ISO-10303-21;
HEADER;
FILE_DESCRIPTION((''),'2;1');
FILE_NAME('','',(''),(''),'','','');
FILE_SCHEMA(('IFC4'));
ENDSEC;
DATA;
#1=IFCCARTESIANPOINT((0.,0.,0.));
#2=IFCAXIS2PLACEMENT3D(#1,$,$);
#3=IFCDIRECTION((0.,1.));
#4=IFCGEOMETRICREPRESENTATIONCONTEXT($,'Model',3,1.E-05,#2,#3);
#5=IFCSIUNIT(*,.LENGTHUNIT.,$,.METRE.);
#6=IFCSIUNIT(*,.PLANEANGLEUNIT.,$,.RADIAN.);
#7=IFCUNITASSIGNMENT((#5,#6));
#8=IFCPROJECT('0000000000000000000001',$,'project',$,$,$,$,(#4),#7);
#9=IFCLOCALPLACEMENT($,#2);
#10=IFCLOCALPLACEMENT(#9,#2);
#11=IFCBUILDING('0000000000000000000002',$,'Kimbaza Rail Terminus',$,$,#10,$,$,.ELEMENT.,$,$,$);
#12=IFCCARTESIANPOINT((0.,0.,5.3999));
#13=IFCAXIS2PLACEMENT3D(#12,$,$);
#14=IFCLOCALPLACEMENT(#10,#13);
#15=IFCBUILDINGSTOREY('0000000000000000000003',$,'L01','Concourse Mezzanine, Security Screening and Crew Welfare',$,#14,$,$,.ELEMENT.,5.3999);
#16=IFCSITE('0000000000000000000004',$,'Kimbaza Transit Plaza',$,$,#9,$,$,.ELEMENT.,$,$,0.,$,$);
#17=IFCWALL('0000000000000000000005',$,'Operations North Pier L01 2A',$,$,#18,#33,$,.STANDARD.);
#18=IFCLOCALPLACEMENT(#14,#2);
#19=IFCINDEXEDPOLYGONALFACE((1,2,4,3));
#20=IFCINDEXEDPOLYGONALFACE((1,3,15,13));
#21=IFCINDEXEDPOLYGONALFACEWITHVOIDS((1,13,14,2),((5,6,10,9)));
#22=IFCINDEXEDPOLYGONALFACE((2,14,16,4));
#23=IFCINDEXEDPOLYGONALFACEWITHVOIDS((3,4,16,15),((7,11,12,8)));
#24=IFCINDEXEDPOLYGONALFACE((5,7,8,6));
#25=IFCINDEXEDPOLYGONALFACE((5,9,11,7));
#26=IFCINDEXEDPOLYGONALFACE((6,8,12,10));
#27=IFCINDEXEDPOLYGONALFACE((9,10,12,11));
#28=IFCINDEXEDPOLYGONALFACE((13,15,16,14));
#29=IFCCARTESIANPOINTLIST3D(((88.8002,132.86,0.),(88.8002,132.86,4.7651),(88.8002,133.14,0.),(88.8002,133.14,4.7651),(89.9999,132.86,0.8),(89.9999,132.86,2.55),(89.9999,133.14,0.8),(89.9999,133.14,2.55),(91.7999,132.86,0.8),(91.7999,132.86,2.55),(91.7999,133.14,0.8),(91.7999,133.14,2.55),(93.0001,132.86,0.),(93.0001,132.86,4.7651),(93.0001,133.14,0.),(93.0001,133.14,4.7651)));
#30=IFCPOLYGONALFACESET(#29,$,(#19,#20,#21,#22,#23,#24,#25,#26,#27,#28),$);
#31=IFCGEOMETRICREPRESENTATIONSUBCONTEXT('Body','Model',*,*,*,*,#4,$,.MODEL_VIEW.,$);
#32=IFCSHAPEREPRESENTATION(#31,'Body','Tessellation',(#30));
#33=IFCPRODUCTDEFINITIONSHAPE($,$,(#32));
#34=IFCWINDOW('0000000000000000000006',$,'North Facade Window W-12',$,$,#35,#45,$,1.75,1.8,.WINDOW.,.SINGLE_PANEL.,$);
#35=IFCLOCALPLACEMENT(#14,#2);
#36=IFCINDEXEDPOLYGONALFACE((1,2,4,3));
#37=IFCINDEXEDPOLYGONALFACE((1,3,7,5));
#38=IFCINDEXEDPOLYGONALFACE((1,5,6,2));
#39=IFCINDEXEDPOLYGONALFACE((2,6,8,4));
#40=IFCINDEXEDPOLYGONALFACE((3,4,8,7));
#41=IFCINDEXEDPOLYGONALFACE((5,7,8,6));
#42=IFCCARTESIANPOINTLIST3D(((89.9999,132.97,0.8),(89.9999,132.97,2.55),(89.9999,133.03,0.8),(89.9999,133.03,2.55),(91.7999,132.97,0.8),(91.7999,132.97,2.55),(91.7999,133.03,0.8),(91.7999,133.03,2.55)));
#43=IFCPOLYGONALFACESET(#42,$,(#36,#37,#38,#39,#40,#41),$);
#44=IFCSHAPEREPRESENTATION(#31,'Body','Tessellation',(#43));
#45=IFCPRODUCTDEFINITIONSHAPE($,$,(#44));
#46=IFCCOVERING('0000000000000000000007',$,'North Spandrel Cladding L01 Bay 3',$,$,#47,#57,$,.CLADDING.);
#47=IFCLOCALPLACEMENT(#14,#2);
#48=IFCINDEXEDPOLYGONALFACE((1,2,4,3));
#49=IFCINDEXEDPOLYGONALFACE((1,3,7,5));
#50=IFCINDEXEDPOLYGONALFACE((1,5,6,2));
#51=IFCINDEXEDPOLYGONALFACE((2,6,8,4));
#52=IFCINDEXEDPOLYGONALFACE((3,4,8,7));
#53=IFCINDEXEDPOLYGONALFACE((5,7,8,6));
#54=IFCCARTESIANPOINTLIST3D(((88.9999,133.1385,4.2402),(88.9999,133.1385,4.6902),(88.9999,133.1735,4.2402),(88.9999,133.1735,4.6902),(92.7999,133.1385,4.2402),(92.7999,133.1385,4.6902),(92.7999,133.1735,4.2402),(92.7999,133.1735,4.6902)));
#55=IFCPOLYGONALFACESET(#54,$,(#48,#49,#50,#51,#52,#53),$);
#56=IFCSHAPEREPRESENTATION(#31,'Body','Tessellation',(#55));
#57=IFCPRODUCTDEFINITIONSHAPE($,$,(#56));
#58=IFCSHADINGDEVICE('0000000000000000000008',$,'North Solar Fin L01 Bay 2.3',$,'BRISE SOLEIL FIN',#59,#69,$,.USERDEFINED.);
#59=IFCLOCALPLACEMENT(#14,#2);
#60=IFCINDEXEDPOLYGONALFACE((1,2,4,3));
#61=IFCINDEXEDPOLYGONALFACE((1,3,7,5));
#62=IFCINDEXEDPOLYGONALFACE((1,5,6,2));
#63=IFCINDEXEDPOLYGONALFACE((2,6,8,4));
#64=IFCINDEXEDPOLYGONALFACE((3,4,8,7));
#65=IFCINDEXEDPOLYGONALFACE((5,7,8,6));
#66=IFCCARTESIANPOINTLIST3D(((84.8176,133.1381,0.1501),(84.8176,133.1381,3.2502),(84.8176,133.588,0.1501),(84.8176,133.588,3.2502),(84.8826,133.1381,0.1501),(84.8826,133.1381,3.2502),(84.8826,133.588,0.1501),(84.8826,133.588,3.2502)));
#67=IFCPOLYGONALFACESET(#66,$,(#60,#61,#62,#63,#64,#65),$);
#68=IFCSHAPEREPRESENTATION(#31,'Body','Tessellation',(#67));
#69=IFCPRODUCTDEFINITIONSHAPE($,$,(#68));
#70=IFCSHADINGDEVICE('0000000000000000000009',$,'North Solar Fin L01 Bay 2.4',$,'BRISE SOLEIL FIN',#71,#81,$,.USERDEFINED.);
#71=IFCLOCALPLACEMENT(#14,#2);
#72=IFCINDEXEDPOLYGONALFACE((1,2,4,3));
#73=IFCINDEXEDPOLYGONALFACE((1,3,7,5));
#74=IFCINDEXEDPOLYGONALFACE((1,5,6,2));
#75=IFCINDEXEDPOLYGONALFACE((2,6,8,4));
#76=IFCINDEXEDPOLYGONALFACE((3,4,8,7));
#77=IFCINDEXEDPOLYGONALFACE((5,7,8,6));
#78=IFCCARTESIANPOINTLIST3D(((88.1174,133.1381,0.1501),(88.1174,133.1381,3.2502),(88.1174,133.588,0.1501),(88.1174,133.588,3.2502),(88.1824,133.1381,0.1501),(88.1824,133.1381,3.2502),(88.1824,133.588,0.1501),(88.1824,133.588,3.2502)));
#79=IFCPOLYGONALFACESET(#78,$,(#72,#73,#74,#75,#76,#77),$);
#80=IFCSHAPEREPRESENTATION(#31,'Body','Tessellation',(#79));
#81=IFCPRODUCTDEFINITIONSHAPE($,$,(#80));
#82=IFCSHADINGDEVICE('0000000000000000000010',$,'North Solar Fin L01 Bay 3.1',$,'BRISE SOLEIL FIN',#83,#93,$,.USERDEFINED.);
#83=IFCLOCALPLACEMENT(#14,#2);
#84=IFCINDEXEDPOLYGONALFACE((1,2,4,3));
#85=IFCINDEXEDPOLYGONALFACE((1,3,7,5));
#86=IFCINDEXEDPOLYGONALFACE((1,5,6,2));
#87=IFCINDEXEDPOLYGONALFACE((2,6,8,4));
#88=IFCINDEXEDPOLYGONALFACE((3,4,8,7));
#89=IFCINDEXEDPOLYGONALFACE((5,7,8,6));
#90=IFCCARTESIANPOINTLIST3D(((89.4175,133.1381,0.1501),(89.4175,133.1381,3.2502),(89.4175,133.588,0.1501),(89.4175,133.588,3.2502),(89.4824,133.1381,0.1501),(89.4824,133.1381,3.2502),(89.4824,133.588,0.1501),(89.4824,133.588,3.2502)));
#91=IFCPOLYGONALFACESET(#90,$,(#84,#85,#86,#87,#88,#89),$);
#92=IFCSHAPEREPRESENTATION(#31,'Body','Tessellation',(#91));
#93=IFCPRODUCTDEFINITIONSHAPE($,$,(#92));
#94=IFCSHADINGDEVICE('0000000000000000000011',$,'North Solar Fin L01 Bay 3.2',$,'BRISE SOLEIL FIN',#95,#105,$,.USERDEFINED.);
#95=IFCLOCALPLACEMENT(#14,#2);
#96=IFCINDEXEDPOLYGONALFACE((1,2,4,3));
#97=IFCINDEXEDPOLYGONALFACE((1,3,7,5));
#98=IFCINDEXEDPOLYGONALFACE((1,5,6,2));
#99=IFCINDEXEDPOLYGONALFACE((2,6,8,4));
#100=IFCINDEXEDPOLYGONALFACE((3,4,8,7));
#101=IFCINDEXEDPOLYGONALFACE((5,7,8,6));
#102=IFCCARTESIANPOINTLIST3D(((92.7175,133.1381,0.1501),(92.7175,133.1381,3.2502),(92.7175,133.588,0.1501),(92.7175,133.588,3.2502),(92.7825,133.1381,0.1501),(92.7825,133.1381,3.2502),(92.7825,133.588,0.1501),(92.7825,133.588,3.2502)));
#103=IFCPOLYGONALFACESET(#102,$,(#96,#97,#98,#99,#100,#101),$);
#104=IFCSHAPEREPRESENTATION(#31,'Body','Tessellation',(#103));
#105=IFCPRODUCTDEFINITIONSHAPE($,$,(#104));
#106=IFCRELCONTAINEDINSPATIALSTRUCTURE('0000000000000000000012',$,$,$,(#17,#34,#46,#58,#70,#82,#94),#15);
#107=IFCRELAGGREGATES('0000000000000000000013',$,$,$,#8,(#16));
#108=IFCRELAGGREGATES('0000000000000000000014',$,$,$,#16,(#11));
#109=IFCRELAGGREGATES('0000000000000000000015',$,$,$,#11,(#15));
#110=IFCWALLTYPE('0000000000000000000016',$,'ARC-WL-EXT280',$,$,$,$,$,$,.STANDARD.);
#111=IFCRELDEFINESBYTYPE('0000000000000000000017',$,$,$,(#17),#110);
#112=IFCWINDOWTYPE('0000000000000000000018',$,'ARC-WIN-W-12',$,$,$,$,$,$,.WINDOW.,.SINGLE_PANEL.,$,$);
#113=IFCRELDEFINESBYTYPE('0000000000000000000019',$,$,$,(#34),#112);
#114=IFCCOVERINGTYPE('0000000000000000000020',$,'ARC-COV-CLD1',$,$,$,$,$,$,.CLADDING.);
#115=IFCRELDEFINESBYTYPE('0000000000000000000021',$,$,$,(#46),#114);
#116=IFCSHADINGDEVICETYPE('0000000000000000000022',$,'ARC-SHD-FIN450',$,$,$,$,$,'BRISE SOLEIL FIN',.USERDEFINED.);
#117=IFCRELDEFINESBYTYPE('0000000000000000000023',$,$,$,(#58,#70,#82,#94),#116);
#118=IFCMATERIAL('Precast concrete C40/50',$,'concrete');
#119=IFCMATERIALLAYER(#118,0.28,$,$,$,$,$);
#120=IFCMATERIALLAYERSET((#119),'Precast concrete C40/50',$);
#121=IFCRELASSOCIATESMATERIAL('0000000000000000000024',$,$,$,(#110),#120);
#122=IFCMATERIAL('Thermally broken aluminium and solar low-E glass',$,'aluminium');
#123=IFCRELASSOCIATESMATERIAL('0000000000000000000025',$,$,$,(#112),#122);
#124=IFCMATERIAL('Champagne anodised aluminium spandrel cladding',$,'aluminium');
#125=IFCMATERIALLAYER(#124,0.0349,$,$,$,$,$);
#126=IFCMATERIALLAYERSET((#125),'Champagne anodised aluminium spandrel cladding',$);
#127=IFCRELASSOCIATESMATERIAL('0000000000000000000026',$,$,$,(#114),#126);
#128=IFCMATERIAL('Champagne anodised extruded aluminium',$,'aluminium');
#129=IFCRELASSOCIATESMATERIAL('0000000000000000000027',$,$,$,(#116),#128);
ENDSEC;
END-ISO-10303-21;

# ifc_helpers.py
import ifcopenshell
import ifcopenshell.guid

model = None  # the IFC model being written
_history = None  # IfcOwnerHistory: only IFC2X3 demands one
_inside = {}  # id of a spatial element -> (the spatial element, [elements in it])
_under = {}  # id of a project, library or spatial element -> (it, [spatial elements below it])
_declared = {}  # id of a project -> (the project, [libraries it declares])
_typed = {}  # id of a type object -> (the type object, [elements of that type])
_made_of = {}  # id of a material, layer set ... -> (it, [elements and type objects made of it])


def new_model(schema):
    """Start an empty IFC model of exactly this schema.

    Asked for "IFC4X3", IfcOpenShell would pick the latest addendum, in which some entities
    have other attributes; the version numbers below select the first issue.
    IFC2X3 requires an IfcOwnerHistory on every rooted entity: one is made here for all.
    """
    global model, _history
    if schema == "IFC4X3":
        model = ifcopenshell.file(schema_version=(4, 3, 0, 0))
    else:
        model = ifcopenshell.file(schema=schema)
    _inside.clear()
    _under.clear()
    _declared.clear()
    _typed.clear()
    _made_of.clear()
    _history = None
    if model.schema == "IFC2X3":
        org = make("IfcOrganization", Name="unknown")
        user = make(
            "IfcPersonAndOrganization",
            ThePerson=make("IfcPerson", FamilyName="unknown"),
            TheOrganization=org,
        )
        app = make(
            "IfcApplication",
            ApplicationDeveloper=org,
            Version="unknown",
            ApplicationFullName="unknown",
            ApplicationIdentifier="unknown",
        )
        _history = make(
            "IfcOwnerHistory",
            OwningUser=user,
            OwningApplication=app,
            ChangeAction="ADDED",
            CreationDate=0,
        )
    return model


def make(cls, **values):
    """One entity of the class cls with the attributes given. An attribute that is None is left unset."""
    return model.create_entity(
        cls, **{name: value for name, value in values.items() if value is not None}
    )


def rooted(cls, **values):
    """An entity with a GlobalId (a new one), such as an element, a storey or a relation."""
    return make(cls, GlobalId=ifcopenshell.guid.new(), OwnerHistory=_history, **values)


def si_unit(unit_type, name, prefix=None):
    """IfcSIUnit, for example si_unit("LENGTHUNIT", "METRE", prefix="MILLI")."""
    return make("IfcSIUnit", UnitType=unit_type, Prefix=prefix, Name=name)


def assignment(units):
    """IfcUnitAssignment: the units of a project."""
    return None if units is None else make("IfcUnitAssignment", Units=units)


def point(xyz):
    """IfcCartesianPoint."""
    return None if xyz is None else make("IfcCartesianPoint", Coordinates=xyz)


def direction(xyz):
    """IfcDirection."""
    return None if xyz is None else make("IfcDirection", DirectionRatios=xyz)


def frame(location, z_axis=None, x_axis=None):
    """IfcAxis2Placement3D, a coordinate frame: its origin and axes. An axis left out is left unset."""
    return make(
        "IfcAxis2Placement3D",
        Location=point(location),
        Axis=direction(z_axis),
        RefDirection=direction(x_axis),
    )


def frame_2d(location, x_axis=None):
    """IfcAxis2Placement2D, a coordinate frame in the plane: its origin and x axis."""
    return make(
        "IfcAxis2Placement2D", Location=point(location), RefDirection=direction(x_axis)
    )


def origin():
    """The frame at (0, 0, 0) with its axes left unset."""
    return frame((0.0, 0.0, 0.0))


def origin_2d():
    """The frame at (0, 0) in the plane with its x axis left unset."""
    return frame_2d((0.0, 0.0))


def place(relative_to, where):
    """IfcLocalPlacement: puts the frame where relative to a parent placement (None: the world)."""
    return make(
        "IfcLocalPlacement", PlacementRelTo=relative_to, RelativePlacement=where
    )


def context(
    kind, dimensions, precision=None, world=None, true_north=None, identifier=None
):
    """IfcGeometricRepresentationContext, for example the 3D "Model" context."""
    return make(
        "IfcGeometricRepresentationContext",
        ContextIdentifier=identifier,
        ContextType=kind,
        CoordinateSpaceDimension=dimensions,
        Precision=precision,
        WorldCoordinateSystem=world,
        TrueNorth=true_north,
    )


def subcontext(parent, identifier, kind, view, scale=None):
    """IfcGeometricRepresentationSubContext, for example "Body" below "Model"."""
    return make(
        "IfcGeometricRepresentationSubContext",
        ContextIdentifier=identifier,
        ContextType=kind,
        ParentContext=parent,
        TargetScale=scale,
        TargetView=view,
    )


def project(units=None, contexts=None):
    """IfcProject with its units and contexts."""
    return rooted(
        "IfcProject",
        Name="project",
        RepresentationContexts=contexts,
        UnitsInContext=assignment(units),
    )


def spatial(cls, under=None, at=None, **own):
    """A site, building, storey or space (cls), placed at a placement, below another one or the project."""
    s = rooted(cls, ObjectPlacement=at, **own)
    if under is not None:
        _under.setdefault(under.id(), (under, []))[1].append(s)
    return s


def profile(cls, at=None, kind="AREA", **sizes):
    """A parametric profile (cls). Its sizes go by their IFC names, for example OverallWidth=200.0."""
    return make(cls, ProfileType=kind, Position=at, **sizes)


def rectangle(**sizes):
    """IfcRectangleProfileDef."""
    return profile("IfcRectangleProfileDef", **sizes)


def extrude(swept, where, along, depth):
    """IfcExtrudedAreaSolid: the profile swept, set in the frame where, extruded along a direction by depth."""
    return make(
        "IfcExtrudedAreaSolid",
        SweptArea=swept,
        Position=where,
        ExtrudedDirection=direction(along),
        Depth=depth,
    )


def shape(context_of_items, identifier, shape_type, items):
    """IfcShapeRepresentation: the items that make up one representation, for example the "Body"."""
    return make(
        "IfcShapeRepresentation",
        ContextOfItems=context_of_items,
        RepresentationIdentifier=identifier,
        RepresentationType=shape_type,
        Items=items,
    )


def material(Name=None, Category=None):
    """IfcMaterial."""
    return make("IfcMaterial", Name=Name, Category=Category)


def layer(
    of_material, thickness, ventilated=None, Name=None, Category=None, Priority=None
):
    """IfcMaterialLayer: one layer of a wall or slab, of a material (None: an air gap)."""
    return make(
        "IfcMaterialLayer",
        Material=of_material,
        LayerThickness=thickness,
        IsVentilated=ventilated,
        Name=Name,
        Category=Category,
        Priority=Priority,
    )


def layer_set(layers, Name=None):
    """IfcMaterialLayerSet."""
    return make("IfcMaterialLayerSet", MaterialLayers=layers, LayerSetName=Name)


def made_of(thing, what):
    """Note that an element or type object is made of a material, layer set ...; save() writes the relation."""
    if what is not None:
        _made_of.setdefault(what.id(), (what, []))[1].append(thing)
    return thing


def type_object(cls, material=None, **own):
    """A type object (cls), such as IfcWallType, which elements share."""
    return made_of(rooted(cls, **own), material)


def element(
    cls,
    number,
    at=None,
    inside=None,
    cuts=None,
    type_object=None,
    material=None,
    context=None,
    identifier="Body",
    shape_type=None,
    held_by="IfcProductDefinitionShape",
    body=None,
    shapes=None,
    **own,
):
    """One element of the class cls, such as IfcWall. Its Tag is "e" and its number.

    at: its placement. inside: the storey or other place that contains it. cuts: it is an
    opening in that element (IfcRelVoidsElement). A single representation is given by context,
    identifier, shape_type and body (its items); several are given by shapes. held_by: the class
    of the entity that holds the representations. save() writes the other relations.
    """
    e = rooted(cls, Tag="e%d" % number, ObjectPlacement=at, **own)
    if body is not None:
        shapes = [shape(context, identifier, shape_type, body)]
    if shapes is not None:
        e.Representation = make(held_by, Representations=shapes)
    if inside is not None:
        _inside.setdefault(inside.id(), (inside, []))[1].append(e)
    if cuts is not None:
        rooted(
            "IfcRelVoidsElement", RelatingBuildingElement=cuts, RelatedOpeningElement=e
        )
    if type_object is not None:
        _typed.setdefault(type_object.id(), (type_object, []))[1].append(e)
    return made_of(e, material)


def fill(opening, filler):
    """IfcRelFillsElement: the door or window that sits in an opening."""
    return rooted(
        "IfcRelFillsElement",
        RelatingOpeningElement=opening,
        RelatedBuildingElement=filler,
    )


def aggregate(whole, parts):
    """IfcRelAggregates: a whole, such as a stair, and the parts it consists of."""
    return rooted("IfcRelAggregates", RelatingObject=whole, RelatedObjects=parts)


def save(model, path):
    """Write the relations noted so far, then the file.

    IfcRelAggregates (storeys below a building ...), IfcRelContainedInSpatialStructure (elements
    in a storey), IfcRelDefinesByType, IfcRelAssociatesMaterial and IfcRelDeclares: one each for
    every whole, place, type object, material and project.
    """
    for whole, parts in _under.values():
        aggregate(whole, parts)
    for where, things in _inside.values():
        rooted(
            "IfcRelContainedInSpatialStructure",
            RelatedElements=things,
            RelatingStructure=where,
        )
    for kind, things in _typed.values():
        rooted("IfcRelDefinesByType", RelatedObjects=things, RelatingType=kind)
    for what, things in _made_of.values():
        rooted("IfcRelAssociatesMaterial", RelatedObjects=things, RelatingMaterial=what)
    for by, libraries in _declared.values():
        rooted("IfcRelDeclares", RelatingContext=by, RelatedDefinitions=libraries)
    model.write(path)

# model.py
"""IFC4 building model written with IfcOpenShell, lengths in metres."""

from ifc_helpers import new_model, si_unit, direction, frame, frame_2d, origin, origin_2d, place, context, subcontext, project, spatial, rectangle, extrude, material, layer, layer_set, type_object, element, fill, save


model = new_model("IFC4")

# Units and contexts
model_context = context("Model", 3, precision=1e-05, world=origin(), true_north=direction((0.0, 1.0)))
body_context = subcontext(model_context, "Body", "Model", "MODEL_VIEW")
ifc_project = project(units=[si_unit("LENGTHUNIT", "METRE"), si_unit("PLANEANGLEUNIT", "RADIAN")], contexts=[model_context])

# Site, building, storey
site_placement = place(None, origin())
site = spatial("IfcSite", under=ifc_project, at=site_placement, Name="Kimbaza Transit Plaza", CompositionType="ELEMENT", RefElevation=0.0)
building_placement = place(site_placement, origin())
building = spatial("IfcBuilding", under=site, at=building_placement, Name="Kimbaza Rail Terminus", CompositionType="ELEMENT")
storey_placement = place(building_placement, frame((0.0, 0.0, 5.3999)))
storey = spatial("IfcBuildingStorey", under=building, at=storey_placement, Name="L01", Description="Concourse Mezzanine, Security Screening and Crew Welfare", CompositionType="ELEMENT", Elevation=5.3999)

# Wall, opening, window
ifc_material_1 = material(Name="Precast concrete C40/50", Category="concrete")
ifc_layer_1 = layer(ifc_material_1, 0.28)
ifc_layer_set_1 = layer_set([ifc_layer_1], Name="Precast concrete C40/50")
wall_type = type_object("IfcWallType", Name="ARC-WL-EXT280", PredefinedType="STANDARD", material=ifc_layer_set_1)
wall_1_placement = place(storey_placement, frame((88.8, 133.0, 0.0), z_axis=(0.0, 0.0, 1.0), x_axis=(1.0, 0.0, 0.0)))
wall_1 = element("IfcWall", 1, at=wall_1_placement, inside=storey, type_object=wall_type, Name="Operations North Pier L01 2A", PredefinedType="STANDARD", context=body_context, shape_type="SweptSolid", body=[
    extrude(rectangle(XDim=4.2, YDim=0.28, at=frame_2d((2.1001, 0.0))), origin(), (0.0, 0.0, 1.0), 4.7651),
])
opening_1_placement = place(wall_1_placement, frame((1.2, 0.0, 0.8)))
opening_1 = element("IfcOpeningElement", 2, at=opening_1_placement, cuts=wall_1, PredefinedType="OPENING", context=body_context, shape_type="SweptSolid", body=[
    extrude(rectangle(XDim=1.8, YDim=1.75, at=frame_2d((0.8999, 0.875))), frame((0.0, 0.1499, 0.0), z_axis=(0.0, -1.0, 0.0), x_axis=(1.0, 0.0, 0.0)), (0.0, 0.0, 1.0), 0.3),
])
ifc_material_2 = material(Name="Thermally broken aluminium and solar low-E glass", Category="aluminium")
window_type_1 = type_object("IfcWindowType", Name="ARC-WIN-W-12", PartitioningType="SINGLE_PANEL", PredefinedType="WINDOW", material=ifc_material_2)
window_1_placement = place(opening_1_placement, origin())
window_1 = element("IfcWindow", 3, at=window_1_placement, inside=storey, type_object=window_type_1, Name="North Facade Window W-12", OverallHeight=1.75, OverallWidth=1.8, PartitioningType="SINGLE_PANEL", PredefinedType="WINDOW", context=body_context, shape_type="SweptSolid", body=[
    extrude(rectangle(XDim=1.8, YDim=1.75, at=frame_2d((0.8999, 0.875))), frame((0.0, 0.03, 0.0), z_axis=(0.0, -1.0, 0.0), x_axis=(1.0, 0.0, 0.0)), (0.0, 0.0, 1.0), 0.0601),
])
fill(opening_1, window_1)

# Covering
ifc_material_3 = material(Name="Champagne anodised aluminium spandrel cladding", Category="aluminium")
ifc_layer_2 = layer(ifc_material_3, 0.0349)
ifc_layer_set_2 = layer_set([ifc_layer_2], Name="Champagne anodised aluminium spandrel cladding")
covering_type = type_object("IfcCoveringType", Name="ARC-COV-CLD1", PredefinedType="CLADDING", material=ifc_layer_set_2)
covering_placement = place(storey_placement, frame((90.8999, 133.156, 4.2402), z_axis=(0.0, 0.0, 1.0), x_axis=(1.0, 0.0, 0.0)))
element("IfcCovering", 4, at=covering_placement, inside=storey, type_object=covering_type, Name="North Spandrel Cladding L01 Bay 3", PredefinedType="CLADDING", context=body_context, shape_type="SweptSolid", body=[
    extrude(rectangle(XDim=3.8, YDim=0.0349, at=origin_2d()), origin(), (0.0, 0.0, 1.0), 0.45),
])

# Shading devices
ifc_material_4 = material(Name="Champagne anodised extruded aluminium", Category="aluminium")
shading_device_type = type_object("IfcShadingDeviceType", Name="ARC-SHD-FIN450", ElementType="BRISE SOLEIL FIN", PredefinedType="USERDEFINED", material=ifc_material_4)
for number, where, z_axis, x_axis, name in (
    (5, (84.8501, 133.363, 0.1501), (0.0, 0.0, 1.0), (1.0, 0.0, 0.0), "North Solar Fin L01 Bay 2.3"),
    (6, (88.1499, 133.363, 0.1501), (0.0, 0.0, 1.0), (1.0, 0.0, 0.0), "North Solar Fin L01 Bay 2.4"),
    (7, (89.45, 133.363, 0.1501), (0.0, 0.0, 1.0), (1.0, 0.0, 0.0), "North Solar Fin L01 Bay 3.1"),
    (8, (92.75, 133.363, 0.1501), (0.0, 0.0, 1.0), (1.0, 0.0, 0.0), "North Solar Fin L01 Bay 3.2"),
):
    element("IfcShadingDevice", number, at=place(storey_placement, frame(where, z_axis=z_axis, x_axis=x_axis)), inside=storey, type_object=shading_device_type, Name=name, ObjectType="BRISE SOLEIL FIN", PredefinedType="USERDEFINED", context=body_context, shape_type="SweptSolid", body=[
        extrude(rectangle(XDim=0.0649, YDim=0.45, at=origin_2d()), origin(), (0.0, 0.0, 1.0), 3.1001),
    ])

save(model, "model.ifc")
